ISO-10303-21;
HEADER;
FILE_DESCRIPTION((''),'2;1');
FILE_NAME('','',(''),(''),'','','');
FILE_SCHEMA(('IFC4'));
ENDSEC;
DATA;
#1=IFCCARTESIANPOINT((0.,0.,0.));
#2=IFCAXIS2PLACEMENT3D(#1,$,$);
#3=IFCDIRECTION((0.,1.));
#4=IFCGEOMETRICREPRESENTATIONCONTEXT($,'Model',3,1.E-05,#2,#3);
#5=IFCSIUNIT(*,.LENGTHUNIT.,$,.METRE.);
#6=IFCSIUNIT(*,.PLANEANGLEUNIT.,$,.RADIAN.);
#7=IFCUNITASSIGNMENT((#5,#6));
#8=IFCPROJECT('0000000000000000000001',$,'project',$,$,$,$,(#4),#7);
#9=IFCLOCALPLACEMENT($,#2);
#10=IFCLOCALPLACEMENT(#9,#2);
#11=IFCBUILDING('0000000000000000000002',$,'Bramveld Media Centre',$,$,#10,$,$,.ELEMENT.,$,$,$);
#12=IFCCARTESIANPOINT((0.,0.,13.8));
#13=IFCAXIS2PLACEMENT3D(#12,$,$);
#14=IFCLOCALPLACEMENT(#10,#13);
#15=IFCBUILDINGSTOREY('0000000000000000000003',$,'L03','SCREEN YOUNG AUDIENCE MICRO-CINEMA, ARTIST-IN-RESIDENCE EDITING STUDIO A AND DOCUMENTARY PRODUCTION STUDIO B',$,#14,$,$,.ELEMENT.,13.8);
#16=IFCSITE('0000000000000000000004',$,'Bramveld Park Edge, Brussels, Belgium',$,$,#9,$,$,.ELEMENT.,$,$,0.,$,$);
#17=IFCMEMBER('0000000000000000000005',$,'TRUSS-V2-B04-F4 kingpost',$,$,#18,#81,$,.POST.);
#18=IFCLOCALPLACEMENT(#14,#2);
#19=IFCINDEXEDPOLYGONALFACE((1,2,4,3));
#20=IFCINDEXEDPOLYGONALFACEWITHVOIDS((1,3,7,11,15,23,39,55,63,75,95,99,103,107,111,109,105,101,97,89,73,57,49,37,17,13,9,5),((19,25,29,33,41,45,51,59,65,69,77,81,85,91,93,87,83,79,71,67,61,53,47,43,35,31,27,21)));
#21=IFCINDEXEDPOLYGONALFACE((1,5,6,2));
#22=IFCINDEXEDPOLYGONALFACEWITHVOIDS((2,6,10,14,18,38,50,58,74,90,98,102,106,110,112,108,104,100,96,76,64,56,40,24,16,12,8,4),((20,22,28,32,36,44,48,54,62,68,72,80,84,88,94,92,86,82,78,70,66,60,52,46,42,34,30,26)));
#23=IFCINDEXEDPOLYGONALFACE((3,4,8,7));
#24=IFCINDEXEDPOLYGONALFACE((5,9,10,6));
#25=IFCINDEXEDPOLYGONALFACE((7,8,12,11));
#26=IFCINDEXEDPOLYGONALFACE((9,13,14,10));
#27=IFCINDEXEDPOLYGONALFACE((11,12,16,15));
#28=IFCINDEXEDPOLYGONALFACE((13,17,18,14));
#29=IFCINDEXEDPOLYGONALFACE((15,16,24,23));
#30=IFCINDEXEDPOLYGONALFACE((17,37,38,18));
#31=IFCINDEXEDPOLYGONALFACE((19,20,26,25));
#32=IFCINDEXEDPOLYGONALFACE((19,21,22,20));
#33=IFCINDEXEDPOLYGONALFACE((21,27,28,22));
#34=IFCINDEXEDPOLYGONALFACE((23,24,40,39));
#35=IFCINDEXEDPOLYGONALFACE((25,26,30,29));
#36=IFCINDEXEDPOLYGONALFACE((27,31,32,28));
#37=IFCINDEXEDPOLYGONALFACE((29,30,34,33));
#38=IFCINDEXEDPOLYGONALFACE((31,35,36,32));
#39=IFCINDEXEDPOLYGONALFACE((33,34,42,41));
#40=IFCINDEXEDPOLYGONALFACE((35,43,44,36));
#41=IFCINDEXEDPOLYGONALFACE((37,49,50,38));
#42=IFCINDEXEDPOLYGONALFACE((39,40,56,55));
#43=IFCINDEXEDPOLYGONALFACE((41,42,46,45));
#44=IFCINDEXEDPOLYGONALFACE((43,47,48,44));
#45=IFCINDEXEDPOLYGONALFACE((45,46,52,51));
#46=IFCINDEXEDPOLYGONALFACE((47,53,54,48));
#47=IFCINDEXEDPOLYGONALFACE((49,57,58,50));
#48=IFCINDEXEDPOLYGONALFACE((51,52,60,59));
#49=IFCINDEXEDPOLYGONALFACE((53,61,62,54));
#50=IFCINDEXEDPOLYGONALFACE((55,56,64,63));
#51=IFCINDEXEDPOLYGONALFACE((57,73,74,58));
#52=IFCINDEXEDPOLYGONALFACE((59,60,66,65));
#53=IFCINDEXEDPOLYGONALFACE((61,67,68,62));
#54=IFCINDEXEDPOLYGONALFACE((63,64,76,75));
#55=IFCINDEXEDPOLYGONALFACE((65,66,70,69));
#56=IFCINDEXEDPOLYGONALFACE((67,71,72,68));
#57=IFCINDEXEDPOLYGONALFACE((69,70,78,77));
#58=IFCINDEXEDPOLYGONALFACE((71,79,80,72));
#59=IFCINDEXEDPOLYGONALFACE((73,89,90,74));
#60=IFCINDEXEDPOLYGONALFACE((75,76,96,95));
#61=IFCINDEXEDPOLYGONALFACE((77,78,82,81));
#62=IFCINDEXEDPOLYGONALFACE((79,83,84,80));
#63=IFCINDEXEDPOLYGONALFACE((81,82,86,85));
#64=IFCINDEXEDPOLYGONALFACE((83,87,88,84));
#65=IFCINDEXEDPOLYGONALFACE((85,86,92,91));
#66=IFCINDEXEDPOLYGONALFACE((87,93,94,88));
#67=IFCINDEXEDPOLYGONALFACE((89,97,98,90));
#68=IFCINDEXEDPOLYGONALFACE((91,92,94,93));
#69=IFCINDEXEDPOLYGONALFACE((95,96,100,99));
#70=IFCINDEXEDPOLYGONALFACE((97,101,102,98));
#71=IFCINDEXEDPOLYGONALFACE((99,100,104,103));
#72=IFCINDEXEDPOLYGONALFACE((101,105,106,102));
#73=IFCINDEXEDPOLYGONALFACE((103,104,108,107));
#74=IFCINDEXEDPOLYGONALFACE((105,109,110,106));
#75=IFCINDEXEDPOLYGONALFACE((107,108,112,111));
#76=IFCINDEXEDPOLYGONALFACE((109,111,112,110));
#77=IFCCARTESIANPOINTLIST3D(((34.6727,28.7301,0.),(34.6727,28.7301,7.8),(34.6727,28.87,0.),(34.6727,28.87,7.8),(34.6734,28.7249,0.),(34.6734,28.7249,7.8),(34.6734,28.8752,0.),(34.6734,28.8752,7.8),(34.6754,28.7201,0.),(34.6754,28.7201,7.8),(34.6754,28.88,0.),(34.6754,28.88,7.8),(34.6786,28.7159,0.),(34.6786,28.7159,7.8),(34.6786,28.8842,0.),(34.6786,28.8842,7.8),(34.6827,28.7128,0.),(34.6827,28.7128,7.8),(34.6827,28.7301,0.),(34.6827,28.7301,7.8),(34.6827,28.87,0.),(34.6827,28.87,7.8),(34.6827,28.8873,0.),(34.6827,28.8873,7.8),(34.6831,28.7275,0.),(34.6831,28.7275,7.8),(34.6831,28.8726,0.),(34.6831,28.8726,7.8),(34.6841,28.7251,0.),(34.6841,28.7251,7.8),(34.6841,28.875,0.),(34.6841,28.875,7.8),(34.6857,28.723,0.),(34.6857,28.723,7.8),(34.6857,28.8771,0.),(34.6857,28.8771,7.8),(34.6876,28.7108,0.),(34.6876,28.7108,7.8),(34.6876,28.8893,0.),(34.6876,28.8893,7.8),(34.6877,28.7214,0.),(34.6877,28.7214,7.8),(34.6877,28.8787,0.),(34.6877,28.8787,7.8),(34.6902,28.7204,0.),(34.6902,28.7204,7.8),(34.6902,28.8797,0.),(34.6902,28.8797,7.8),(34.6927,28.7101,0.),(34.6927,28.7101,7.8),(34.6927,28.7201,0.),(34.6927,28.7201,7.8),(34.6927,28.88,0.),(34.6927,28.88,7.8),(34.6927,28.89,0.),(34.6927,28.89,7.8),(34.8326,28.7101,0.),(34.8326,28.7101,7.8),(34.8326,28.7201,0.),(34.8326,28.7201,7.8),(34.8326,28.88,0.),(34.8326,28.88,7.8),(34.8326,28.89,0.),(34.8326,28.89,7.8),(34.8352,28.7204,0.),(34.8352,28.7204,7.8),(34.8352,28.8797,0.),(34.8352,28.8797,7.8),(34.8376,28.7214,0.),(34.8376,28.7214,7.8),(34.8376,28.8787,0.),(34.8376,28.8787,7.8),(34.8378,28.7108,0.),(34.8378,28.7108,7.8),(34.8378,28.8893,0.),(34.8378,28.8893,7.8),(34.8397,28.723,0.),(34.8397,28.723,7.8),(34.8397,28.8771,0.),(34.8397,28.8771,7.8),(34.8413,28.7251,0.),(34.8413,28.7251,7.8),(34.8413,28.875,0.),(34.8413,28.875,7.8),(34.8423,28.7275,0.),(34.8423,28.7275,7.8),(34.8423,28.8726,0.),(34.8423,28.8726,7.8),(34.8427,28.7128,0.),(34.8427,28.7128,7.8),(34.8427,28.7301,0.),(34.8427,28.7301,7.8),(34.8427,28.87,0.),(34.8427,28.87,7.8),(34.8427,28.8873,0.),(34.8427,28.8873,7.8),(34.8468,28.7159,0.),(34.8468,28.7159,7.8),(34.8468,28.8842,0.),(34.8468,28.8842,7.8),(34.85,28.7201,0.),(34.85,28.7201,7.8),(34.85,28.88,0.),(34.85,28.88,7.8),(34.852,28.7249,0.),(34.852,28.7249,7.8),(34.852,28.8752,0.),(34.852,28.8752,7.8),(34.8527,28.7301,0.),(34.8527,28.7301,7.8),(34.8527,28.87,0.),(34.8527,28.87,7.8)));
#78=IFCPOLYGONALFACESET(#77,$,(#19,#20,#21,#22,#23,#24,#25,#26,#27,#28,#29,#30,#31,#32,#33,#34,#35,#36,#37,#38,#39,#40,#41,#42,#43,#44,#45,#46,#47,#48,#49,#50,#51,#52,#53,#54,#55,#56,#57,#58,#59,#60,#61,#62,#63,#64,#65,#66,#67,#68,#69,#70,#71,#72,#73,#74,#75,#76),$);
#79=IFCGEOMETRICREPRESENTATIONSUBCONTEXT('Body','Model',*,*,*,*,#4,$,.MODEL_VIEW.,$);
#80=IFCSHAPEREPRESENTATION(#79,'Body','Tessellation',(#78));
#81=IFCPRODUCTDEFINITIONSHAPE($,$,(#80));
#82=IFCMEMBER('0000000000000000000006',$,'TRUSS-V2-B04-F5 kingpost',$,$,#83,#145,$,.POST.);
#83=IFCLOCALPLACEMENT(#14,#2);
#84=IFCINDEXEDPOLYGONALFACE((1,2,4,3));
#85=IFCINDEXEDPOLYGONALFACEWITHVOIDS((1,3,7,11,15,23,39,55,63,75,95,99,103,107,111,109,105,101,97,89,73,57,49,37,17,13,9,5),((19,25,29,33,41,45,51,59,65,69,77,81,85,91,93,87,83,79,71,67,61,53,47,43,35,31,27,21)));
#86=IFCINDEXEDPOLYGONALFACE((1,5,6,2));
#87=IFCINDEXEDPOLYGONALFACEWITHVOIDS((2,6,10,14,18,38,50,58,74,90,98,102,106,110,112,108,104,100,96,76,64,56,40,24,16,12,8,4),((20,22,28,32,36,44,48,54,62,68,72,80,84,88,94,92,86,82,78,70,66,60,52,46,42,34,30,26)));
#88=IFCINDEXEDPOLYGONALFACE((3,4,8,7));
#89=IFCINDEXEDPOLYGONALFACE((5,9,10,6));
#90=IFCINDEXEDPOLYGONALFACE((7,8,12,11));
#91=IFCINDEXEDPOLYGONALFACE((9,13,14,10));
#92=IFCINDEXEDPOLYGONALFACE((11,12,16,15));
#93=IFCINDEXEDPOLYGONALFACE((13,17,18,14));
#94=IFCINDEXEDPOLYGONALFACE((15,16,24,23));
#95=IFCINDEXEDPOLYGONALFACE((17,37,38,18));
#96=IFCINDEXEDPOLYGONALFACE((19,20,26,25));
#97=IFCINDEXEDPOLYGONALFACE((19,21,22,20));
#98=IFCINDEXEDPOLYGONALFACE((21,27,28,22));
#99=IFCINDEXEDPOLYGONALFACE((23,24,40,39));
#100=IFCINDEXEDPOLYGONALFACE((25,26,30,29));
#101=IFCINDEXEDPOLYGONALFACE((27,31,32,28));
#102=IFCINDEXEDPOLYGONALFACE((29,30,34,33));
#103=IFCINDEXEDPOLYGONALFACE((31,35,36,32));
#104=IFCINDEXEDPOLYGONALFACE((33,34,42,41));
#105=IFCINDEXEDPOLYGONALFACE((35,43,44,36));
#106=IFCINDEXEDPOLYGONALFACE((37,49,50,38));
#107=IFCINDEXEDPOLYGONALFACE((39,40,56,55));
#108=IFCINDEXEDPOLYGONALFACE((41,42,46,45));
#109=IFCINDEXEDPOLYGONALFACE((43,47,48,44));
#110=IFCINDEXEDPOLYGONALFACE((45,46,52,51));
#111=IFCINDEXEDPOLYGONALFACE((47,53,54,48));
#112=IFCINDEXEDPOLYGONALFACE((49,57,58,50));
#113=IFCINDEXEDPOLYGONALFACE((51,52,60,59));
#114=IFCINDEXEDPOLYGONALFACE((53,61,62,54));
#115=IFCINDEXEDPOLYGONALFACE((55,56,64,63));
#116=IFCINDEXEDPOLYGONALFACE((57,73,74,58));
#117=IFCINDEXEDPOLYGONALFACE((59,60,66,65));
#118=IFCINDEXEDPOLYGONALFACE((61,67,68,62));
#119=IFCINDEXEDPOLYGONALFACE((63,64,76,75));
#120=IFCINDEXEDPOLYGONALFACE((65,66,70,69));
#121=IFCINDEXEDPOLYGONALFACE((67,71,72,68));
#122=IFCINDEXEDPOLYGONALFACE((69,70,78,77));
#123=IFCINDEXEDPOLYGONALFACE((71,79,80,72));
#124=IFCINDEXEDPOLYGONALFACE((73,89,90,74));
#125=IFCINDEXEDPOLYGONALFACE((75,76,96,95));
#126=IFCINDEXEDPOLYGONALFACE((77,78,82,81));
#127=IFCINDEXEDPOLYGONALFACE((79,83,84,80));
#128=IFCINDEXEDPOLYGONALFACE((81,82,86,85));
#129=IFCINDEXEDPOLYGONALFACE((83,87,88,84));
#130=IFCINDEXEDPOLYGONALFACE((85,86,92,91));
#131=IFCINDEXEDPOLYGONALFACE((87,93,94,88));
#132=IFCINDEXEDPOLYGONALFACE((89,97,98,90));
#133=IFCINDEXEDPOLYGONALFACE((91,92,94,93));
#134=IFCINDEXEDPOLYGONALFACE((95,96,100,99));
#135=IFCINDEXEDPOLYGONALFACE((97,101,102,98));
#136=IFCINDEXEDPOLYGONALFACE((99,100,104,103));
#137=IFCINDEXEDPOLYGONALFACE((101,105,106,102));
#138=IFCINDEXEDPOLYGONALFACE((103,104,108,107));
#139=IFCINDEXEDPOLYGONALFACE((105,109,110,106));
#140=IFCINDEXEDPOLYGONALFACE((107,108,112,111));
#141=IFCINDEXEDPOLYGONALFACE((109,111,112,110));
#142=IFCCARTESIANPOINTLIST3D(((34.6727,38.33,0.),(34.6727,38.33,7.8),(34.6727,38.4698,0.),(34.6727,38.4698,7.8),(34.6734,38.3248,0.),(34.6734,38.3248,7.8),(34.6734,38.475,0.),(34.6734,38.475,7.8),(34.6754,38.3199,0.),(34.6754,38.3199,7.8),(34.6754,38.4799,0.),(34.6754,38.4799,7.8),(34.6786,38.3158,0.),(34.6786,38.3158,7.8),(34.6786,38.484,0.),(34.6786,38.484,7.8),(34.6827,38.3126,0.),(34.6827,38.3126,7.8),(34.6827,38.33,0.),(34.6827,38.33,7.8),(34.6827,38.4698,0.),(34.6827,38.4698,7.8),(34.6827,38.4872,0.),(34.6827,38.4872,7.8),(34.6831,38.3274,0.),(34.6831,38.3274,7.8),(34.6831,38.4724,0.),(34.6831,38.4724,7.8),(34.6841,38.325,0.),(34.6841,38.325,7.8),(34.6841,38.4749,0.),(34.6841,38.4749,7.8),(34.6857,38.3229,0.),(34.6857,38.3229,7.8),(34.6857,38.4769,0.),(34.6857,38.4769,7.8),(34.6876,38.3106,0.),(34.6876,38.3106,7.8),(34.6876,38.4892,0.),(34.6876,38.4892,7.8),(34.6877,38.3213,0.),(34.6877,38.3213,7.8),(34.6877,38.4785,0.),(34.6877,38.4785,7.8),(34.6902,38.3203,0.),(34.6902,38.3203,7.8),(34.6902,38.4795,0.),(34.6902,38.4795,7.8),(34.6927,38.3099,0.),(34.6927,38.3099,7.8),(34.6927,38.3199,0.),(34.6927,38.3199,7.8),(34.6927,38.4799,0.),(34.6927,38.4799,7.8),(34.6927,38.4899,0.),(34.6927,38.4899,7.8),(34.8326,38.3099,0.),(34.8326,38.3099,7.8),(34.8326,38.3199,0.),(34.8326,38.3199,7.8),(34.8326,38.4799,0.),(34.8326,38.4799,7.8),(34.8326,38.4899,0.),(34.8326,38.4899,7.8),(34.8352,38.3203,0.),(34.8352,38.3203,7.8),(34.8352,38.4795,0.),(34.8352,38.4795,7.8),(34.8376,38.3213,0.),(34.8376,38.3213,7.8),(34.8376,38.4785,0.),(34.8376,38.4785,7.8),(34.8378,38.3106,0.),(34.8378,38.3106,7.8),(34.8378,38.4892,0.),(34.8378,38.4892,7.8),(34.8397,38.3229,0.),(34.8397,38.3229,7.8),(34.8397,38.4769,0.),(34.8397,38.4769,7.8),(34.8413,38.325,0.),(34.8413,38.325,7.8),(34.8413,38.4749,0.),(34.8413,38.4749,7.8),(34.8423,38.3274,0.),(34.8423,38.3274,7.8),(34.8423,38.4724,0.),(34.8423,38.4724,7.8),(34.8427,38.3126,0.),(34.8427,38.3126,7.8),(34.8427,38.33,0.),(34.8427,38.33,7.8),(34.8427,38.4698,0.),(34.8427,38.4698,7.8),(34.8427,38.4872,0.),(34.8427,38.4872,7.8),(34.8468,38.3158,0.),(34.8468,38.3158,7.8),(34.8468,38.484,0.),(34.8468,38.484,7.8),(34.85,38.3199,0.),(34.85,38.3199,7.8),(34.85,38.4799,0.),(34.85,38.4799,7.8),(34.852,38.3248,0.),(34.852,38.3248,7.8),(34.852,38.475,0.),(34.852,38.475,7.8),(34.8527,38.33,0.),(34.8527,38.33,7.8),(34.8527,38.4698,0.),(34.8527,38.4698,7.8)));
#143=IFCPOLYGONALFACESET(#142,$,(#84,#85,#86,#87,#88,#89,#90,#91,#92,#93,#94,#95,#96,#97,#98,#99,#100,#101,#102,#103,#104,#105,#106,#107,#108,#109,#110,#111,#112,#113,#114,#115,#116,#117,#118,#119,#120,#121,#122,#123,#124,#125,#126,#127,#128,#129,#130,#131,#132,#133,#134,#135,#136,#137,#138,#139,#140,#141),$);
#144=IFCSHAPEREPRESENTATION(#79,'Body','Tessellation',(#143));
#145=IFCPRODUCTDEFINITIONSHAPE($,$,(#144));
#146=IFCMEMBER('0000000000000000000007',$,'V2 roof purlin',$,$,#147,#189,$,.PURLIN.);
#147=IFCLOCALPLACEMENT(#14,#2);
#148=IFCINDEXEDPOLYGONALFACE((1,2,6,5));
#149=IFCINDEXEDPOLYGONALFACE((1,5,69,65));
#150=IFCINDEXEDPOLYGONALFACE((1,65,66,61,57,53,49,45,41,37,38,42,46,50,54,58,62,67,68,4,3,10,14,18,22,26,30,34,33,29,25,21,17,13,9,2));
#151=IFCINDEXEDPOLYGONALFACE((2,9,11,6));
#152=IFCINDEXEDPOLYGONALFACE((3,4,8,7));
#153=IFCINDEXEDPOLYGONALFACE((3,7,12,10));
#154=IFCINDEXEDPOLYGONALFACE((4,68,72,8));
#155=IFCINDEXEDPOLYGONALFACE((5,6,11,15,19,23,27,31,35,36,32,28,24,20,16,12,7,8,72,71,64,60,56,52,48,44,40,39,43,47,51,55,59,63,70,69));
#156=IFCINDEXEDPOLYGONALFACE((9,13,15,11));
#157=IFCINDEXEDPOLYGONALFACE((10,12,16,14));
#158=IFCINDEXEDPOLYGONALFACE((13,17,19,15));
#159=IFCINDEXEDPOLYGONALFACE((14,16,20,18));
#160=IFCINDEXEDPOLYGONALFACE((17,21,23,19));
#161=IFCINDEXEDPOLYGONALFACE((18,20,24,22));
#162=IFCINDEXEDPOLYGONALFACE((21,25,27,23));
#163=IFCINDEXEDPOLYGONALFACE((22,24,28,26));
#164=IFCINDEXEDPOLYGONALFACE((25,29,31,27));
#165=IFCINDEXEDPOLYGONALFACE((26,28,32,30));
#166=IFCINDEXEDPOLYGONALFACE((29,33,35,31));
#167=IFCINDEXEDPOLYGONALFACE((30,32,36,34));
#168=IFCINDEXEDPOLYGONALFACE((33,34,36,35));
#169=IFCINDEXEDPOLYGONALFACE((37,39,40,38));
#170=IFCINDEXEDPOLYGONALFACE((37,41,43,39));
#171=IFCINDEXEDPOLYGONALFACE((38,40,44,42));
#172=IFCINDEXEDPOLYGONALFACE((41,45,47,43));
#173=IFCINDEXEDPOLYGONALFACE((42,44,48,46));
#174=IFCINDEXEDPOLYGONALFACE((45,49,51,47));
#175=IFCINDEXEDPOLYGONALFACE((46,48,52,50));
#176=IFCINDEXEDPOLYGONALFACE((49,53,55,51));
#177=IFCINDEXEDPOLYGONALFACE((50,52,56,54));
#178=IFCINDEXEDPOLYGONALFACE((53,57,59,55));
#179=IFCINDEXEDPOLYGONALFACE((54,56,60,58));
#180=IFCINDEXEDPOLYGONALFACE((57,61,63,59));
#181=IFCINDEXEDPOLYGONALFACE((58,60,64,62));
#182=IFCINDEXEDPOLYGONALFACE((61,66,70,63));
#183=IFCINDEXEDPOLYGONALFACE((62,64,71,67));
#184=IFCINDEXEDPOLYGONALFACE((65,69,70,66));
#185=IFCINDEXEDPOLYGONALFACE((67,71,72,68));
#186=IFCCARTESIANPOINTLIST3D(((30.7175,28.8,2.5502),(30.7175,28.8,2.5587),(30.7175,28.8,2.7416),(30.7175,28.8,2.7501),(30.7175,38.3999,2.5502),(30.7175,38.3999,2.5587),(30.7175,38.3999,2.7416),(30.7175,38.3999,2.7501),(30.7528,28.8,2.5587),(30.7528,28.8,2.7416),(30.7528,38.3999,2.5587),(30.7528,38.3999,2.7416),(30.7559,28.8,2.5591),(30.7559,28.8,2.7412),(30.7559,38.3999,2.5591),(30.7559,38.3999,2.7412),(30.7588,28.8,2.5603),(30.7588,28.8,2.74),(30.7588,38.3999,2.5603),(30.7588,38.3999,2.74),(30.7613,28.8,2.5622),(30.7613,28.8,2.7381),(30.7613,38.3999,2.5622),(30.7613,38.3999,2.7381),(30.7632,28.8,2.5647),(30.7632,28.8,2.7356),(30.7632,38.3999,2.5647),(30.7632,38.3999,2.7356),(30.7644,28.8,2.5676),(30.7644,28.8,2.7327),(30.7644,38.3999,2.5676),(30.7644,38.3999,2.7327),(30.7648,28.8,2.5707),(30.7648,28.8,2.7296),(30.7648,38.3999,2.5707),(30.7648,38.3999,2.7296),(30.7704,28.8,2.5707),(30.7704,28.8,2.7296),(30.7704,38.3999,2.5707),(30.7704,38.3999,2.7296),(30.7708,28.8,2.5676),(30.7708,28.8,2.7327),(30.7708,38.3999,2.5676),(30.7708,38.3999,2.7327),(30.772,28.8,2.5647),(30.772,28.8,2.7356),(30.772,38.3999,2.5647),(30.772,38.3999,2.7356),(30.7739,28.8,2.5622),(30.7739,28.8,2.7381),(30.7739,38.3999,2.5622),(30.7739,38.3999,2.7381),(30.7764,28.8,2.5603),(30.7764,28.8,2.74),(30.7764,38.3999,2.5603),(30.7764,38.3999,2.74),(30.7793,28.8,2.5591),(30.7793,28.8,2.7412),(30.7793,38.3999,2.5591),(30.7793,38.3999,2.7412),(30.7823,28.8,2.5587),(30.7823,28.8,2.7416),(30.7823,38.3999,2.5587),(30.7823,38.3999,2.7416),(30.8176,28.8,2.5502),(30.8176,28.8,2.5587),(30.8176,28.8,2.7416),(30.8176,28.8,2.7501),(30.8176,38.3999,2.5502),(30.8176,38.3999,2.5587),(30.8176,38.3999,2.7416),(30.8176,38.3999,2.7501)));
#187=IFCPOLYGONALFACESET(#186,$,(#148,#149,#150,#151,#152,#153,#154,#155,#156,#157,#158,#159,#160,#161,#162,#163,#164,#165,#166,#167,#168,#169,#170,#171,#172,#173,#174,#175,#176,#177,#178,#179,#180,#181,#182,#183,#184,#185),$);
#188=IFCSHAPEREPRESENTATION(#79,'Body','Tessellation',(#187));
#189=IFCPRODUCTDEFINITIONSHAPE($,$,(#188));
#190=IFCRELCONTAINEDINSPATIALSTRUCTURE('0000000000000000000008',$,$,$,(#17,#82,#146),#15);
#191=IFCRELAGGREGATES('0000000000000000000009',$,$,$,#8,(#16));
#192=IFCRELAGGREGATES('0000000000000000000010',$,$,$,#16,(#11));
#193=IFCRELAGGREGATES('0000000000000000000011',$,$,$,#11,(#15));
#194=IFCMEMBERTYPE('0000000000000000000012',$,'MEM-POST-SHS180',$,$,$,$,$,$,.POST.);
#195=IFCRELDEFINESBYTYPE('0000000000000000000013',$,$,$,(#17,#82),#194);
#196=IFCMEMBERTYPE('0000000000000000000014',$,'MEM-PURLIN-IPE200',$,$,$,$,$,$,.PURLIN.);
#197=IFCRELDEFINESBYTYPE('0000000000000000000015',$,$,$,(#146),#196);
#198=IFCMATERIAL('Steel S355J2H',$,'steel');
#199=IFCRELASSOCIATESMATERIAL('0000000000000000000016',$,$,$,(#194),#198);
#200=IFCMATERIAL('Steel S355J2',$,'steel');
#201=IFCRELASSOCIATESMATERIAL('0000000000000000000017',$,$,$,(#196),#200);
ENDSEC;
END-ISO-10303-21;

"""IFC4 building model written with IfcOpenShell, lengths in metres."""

from ifc_helpers import new_model, si_unit, direction, frame, origin, origin_2d, place, context, subcontext, project, spatial, hollow_rectangle, i_section, extrude, material, material_profile, profile_set, type_object, element, save


model = new_model("IFC4")

# Units and contexts
model_context = context("Model", 3, precision=1e-05, world=origin(), true_north=direction((0.0, 1.0)))
body_context = subcontext(model_context, "Body", "Model", "MODEL_VIEW")
ifc_project = project(units=[si_unit("LENGTHUNIT", "METRE"), si_unit("PLANEANGLEUNIT", "RADIAN")], contexts=[model_context])

# Site, building, storey
site_placement = place(None, origin())
site = spatial("IfcSite", under=ifc_project, at=site_placement, Name="Bramveld Park Edge, Brussels, Belgium", CompositionType="ELEMENT", RefElevation=0.0)
building_placement = place(site_placement, origin())
building = spatial("IfcBuilding", under=site, at=building_placement, Name="Bramveld Media Centre", CompositionType="ELEMENT")
storey_placement = place(building_placement, frame((0.0, 0.0, 13.8)))
storey = spatial("IfcBuildingStorey", under=building, at=storey_placement, Name="L03", Description="SCREEN YOUNG AUDIENCE MICRO-CINEMA, ARTIST-IN-RESIDENCE EDITING STUDIO A AND DOCUMENTARY PRODUCTION STUDIO B", CompositionType="ELEMENT", Elevation=13.8)

# Members
ifc_material_1 = material(Name="Steel S355J2H", Category="steel")
ifc_material_profile_1 = material_profile(ifc_material_1, hollow_rectangle(XDim=0.1799, YDim=0.1799, WallThickness=0.01, InnerFilletRadius=0.01, OuterFilletRadius=0.02, at=origin_2d()), Name="SHS 180x180x10")
ifc_profile_set_1 = profile_set([ifc_material_profile_1], Name="Steel S355J2H")
member_type_1 = type_object("IfcMemberType", Name="MEM-POST-SHS180", PredefinedType="POST", material=ifc_profile_set_1)
for number, where, z_axis, x_axis, name in (
    (1, (34.7627, 28.8, 0.0), (0.0, 0.0, 1.0), (1.0, 0.0, 0.0), "TRUSS-V2-B04-F4 kingpost"),
    (2, (34.7627, 38.3999, 0.0), (0.0, 0.0, 1.0), (1.0, 0.0, 0.0), "TRUSS-V2-B04-F5 kingpost"),
):
    element("IfcMember", number, at=place(storey_placement, frame(where, z_axis=z_axis, x_axis=x_axis)), inside=storey, type_object=member_type_1, Name=name, PredefinedType="POST", context=body_context, shape_type="SweptSolid", body=[
        extrude(hollow_rectangle(XDim=0.1799, YDim=0.1799, WallThickness=0.01, InnerFilletRadius=0.01, OuterFilletRadius=0.02, at=origin_2d()), origin(), (0.0, 0.0, 1.0), 7.8),
    ])
ifc_material_2 = material(Name="Steel S355J2", Category="steel")
ifc_material_profile_2 = material_profile(ifc_material_2, i_section(OverallWidth=0.1001, OverallDepth=0.2, WebThickness=0.0056, FlangeThickness=0.0085, FilletRadius=0.012, at=origin_2d()), Name="IPE 200")
ifc_profile_set_2 = profile_set([ifc_material_profile_2], Name="Steel S355J2")
member_type_2 = type_object("IfcMemberType", Name="MEM-PURLIN-IPE200", PredefinedType="PURLIN", material=ifc_profile_set_2)
member_1_placement = place(storey_placement, frame((30.7676, 28.8, 2.6501), z_axis=(0.0, 1.0, 0.0), x_axis=(-1.0, 0.0, 0.0)))
element("IfcMember", 3, at=member_1_placement, inside=storey, type_object=member_type_2, Name="V2 roof purlin", PredefinedType="PURLIN", context=body_context, shape_type="SweptSolid", body=[
    extrude(i_section(OverallWidth=0.1001, OverallDepth=0.2, WebThickness=0.0056, FlangeThickness=0.0085, FilletRadius=0.012, at=origin_2d()), origin(), (0.0, 0.0, 1.0), 9.5999),
])

save(model, "model.ifc")
